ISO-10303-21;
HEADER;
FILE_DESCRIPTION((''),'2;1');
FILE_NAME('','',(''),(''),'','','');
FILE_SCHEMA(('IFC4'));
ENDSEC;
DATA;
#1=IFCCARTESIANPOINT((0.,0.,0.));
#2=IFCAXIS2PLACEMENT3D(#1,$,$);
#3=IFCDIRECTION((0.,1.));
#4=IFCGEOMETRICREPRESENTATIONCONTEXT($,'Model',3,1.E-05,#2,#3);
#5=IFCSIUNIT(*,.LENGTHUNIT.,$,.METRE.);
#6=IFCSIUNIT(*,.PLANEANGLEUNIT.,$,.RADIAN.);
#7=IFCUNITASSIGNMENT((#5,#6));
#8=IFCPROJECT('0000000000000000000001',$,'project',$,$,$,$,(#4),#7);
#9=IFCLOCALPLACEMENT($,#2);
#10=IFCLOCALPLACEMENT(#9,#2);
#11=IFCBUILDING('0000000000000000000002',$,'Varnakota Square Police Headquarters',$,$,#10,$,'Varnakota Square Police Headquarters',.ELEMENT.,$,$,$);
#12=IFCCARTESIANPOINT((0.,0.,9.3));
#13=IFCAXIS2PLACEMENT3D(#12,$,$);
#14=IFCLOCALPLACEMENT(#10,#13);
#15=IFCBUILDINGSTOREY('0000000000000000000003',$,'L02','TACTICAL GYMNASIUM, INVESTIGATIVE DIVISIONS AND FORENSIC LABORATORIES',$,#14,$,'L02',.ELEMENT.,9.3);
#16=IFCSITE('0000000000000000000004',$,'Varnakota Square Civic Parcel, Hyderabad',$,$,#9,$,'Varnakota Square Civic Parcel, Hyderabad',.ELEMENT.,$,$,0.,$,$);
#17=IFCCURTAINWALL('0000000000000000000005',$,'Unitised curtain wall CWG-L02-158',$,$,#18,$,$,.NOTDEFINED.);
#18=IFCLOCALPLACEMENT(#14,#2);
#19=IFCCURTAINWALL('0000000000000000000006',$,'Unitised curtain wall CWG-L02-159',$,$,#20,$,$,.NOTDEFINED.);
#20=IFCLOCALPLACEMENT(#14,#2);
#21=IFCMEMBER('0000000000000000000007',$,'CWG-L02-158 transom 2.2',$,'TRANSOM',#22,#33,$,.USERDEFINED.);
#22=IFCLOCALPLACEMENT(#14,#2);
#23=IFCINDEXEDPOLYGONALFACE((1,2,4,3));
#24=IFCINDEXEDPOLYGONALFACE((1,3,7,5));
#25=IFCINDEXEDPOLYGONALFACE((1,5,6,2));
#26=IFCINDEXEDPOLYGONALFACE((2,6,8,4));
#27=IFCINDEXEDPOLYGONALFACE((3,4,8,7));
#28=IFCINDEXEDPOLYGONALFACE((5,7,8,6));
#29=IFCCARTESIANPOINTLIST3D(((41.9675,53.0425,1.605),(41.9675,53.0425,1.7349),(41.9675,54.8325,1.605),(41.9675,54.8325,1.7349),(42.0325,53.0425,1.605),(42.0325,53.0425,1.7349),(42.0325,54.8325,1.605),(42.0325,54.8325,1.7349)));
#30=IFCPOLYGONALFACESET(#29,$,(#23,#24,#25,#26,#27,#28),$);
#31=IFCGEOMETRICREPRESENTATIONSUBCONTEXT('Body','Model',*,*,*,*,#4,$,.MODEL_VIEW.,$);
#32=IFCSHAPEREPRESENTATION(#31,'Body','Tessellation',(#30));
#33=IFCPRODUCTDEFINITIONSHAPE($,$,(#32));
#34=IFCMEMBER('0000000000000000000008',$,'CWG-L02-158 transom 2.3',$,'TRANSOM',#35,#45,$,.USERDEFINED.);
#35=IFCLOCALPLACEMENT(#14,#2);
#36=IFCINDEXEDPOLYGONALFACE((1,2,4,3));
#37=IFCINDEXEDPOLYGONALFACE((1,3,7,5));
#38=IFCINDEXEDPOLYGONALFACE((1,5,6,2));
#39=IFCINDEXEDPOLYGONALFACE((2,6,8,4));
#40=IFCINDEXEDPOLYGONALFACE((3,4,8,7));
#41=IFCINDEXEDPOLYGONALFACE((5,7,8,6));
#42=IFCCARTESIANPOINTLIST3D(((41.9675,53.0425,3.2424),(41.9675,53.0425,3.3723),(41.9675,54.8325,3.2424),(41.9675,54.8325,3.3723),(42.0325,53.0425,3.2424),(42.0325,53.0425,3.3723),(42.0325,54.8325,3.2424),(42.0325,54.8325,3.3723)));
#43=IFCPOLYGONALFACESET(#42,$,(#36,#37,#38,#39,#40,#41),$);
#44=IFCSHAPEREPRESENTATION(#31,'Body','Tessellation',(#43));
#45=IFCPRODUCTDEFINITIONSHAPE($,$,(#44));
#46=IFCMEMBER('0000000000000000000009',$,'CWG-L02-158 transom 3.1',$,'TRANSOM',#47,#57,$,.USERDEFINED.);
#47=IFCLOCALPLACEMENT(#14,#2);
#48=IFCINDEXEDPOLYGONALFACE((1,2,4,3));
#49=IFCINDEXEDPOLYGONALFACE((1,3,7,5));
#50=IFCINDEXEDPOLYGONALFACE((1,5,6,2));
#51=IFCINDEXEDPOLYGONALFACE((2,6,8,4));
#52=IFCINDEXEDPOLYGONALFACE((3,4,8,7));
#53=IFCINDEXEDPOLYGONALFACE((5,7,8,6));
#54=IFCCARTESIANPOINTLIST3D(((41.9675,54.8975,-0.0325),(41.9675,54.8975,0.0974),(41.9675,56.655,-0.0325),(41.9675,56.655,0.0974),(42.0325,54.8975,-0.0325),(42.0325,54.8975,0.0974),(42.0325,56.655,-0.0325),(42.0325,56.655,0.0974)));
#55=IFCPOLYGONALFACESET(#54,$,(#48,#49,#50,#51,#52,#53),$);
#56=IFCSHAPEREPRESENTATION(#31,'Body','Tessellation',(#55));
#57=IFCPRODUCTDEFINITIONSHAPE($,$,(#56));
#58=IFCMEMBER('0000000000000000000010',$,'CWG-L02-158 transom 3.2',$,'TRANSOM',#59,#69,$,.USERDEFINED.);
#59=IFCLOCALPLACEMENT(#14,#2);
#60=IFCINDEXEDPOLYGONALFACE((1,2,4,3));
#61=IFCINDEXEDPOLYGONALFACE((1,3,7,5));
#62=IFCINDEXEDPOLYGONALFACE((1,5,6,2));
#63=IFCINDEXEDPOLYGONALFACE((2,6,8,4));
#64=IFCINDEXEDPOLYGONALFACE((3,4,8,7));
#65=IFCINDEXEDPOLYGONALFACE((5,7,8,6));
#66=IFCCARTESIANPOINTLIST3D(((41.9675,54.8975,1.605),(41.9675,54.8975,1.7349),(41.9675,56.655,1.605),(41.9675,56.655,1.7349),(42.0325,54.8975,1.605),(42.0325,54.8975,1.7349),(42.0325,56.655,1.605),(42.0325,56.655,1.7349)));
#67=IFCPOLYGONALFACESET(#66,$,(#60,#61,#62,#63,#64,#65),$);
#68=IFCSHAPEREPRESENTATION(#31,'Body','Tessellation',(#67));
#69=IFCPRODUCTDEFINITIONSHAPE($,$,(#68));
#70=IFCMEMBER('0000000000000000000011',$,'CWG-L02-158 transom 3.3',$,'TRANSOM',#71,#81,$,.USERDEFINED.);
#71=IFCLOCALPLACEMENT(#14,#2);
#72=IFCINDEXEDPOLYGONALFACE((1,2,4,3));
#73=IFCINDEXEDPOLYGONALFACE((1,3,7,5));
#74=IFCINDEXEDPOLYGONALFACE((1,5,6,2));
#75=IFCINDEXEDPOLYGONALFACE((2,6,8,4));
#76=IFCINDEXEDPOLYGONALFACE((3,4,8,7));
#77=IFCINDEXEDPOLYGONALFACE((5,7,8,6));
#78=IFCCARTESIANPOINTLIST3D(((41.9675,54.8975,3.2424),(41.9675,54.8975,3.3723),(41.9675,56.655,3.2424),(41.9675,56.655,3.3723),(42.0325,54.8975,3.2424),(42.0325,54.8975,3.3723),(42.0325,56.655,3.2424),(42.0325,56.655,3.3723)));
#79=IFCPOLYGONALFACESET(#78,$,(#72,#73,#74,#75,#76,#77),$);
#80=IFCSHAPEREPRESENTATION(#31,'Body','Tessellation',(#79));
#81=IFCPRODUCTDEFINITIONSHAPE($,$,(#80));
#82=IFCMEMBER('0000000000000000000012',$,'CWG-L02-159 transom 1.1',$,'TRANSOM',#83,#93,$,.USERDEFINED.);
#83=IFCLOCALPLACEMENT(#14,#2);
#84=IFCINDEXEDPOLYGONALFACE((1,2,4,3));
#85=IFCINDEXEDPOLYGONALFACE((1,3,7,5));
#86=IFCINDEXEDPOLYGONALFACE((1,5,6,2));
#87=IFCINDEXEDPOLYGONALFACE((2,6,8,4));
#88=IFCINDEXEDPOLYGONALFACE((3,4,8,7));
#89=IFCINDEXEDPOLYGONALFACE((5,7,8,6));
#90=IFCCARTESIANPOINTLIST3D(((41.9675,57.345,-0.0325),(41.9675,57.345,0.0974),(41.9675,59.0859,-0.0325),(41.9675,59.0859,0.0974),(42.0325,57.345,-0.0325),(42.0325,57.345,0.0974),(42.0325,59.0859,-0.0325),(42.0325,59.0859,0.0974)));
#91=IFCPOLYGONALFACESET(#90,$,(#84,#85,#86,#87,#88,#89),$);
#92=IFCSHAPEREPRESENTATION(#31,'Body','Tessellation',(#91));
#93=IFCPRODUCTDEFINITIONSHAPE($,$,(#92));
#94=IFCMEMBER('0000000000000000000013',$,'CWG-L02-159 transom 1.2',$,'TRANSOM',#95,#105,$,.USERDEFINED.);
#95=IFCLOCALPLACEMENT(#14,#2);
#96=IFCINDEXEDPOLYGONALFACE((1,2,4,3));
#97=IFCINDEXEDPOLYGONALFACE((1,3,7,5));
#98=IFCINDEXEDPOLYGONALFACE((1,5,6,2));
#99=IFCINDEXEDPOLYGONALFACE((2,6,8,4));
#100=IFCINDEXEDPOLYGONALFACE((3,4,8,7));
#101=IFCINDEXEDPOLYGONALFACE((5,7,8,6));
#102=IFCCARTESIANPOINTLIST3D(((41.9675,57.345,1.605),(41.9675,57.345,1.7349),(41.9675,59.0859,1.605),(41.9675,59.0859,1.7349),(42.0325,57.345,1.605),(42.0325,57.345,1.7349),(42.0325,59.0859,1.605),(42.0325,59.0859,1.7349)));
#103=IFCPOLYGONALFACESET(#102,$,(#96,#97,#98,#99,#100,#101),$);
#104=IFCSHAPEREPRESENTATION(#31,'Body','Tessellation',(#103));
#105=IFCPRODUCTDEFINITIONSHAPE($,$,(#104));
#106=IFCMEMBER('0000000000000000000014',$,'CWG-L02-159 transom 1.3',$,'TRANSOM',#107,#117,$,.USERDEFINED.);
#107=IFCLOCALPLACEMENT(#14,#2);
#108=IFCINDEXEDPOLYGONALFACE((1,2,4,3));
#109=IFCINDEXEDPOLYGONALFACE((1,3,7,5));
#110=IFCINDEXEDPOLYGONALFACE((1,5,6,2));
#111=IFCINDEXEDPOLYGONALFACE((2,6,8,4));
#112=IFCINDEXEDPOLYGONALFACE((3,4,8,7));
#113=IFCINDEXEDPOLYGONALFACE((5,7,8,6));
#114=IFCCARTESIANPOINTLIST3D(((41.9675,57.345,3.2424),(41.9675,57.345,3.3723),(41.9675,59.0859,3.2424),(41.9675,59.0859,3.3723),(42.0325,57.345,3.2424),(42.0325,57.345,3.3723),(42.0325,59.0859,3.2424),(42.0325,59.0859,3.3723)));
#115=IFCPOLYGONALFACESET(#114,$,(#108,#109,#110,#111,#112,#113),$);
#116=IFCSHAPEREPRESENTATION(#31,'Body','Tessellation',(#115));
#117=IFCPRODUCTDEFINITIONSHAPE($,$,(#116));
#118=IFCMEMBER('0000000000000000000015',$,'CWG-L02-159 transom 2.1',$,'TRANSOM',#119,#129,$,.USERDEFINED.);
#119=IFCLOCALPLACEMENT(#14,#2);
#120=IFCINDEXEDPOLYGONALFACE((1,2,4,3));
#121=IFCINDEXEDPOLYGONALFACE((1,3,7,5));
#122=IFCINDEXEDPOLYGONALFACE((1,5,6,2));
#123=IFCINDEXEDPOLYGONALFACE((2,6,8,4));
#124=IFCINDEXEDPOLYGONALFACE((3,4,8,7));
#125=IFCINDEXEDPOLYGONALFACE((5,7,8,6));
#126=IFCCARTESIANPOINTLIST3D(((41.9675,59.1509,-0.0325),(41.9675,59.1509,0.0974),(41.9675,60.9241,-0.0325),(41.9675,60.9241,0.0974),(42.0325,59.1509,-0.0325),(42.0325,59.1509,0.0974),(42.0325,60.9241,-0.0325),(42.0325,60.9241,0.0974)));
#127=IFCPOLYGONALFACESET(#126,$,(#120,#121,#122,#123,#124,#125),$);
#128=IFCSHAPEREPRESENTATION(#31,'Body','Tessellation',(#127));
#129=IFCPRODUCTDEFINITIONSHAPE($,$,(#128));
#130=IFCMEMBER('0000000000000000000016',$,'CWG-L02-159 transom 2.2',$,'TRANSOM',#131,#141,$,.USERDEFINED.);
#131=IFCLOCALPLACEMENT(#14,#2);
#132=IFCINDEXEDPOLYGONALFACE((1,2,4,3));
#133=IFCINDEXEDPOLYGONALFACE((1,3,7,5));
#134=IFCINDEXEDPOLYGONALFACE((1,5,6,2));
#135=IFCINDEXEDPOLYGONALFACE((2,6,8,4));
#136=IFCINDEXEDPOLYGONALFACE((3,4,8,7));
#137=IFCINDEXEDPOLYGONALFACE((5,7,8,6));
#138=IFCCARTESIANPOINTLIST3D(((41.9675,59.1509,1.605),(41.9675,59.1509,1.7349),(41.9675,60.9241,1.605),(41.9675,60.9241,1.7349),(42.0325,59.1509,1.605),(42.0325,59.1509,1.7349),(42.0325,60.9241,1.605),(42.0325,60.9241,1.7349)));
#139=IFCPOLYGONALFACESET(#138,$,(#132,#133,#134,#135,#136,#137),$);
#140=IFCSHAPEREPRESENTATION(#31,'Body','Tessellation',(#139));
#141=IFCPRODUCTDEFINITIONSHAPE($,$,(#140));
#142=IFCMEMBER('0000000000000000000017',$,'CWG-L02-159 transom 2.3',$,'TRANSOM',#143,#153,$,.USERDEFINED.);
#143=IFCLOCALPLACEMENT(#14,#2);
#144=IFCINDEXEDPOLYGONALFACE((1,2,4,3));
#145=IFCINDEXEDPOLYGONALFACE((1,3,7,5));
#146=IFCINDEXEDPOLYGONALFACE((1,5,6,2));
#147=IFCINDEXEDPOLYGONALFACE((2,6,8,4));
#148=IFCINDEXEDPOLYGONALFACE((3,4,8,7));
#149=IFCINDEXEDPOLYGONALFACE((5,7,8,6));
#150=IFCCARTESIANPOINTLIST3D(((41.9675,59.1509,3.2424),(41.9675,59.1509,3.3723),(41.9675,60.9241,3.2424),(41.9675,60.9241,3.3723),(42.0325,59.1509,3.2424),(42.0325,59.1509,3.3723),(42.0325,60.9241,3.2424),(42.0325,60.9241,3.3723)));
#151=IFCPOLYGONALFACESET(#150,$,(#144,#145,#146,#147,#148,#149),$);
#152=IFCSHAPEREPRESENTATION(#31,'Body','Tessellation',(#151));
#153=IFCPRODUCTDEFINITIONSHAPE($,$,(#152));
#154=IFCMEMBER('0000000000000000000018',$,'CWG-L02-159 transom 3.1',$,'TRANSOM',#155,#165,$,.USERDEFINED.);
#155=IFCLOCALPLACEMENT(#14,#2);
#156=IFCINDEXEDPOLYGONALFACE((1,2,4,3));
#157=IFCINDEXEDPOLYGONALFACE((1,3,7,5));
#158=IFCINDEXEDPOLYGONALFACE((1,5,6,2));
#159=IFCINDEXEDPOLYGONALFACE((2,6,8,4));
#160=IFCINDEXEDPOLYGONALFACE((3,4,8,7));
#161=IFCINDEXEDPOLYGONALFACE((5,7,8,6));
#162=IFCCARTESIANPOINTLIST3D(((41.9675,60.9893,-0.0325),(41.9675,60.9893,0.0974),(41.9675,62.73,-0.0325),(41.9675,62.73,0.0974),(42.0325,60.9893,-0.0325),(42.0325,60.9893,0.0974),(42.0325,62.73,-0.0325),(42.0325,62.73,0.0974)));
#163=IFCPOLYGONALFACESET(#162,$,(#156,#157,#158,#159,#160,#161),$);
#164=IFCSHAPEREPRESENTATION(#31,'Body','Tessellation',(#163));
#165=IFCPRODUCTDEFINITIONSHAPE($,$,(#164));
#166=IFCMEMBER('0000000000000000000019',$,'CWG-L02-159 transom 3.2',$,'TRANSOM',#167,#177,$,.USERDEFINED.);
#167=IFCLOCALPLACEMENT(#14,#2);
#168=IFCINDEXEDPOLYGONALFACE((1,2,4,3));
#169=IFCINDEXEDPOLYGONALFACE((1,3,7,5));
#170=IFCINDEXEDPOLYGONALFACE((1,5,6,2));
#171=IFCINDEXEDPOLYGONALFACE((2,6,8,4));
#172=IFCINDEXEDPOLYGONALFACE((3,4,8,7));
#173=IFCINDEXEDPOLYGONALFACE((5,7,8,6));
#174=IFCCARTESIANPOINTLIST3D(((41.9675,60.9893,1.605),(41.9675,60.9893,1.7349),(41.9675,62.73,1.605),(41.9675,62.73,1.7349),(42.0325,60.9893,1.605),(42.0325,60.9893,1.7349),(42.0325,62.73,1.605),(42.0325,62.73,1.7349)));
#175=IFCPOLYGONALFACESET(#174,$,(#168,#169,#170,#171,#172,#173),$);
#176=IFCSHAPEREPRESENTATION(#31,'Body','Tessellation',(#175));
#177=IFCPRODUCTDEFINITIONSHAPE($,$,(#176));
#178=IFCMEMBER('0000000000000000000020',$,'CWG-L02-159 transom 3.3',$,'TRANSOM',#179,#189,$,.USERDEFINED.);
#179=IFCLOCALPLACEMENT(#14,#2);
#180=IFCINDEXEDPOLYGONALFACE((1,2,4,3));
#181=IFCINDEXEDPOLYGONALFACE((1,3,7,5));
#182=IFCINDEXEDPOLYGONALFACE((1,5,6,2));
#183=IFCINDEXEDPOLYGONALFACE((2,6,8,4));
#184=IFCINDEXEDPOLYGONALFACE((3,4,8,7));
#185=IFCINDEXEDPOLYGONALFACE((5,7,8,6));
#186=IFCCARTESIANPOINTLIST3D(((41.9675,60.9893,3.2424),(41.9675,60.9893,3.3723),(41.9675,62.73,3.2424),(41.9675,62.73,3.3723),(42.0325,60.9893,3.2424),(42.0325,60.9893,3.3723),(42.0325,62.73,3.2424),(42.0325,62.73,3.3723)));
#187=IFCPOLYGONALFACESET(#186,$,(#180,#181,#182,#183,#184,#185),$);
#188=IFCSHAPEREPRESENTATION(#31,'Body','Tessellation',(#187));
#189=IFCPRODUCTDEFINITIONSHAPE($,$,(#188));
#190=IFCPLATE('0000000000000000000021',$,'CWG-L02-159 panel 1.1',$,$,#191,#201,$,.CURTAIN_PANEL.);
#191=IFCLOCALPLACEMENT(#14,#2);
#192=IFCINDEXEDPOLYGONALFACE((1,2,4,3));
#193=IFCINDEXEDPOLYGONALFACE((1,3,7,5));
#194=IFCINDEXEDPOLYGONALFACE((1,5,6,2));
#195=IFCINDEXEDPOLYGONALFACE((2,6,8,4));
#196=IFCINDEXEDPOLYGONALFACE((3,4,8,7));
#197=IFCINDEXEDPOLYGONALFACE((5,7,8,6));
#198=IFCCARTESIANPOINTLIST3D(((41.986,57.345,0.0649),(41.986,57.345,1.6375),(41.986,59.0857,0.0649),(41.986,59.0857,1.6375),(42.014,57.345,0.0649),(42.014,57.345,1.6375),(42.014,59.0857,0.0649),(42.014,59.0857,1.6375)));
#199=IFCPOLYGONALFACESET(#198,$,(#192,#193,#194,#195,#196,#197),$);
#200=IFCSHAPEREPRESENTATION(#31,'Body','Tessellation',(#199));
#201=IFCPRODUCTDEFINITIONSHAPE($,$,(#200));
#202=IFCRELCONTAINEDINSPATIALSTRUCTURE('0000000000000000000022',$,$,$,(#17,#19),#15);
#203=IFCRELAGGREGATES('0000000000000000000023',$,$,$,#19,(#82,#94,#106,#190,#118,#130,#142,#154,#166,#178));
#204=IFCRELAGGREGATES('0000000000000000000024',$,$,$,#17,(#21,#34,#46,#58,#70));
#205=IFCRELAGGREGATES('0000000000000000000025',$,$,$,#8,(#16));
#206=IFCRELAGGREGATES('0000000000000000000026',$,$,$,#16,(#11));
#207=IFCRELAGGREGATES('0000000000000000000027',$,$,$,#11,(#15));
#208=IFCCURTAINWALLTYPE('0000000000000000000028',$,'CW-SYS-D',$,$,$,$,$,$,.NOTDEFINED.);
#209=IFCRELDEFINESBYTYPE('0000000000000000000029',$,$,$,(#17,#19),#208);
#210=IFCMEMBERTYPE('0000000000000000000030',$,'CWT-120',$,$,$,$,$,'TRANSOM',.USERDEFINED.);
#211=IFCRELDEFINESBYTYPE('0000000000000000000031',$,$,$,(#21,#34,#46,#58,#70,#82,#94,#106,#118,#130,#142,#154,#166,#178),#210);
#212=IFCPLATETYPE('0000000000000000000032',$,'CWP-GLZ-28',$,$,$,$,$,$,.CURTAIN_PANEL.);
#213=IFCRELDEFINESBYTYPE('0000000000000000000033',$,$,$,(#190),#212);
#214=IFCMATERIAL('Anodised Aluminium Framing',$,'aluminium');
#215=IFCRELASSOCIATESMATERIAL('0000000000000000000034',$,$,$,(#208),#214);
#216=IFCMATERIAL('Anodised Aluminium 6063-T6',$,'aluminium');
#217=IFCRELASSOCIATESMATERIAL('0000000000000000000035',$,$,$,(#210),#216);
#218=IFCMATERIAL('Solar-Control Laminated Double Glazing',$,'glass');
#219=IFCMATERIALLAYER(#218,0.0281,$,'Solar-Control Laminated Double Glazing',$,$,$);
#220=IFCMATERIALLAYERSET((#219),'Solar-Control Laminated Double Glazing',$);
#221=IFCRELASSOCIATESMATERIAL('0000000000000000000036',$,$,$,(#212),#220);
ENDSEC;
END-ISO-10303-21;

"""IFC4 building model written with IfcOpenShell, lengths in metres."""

from ifc_helpers import new_model, si_unit, direction, frame, origin, origin_2d, place, context, subcontext, project, spatial, rectangle, extrude, material, layer, layer_set, material_profile, profile_set, type_object, element, aggregate, save


model = new_model("IFC4")

# Units and contexts
model_context = context("Model", 3, precision=1e-05, world=origin(), true_north=direction((0.0, 1.0)))
body_context = subcontext(model_context, "Body", "Model", "MODEL_VIEW")
ifc_project = project(units=[si_unit("LENGTHUNIT", "METRE"), si_unit("PLANEANGLEUNIT", "RADIAN")], contexts=[model_context])

# Site, building, storey
site_placement = place(None, origin())
site = spatial("IfcSite", under=ifc_project, at=site_placement, Name="Varnakota Square Civic Parcel, Hyderabad", LongName="Varnakota Square Civic Parcel, Hyderabad", CompositionType="ELEMENT", RefElevation=0.0)
building_placement = place(site_placement, origin())
building = spatial("IfcBuilding", under=site, at=building_placement, Name="Varnakota Square Police Headquarters", LongName="Varnakota Square Police Headquarters", CompositionType="ELEMENT")
storey_placement = place(building_placement, frame((0.0, 0.0, 9.3)))
storey = spatial("IfcBuildingStorey", under=building, at=storey_placement, Name="L02", Description="TACTICAL GYMNASIUM, INVESTIGATIVE DIVISIONS AND FORENSIC LABORATORIES", LongName="L02", CompositionType="ELEMENT", Elevation=9.3)

# Curtain walls
ifc_material_1 = material(Name="Anodised Aluminium Framing", Category="aluminium")
curtain_wall_type = type_object("IfcCurtainWallType", Name="CW-SYS-D", PredefinedType="NOTDEFINED", material=ifc_material_1)
curtain_wall_1_placement = place(storey_placement, origin())
curtain_wall_1 = element("IfcCurtainWall", 1, at=curtain_wall_1_placement, inside=storey, type_object=curtain_wall_type, Name="Unitised curtain wall CWG-L02-158", PredefinedType="NOTDEFINED")
ifc_material_2 = material(Name="Anodised Aluminium 6063-T6", Category="aluminium")
curtain_wall_2_placement = place(storey_placement, origin())
curtain_wall_2 = element("IfcCurtainWall", 2, at=curtain_wall_2_placement, inside=storey, type_object=curtain_wall_type, Name="Unitised curtain wall CWG-L02-159", PredefinedType="NOTDEFINED")

# Members
ifc_material_profile_1 = material_profile(ifc_material_2, rectangle(XDim=0.0649, YDim=0.1299, at=origin_2d()), Name="ALU TRANSOM 65x130")
ifc_profile_set_1 = profile_set([ifc_material_profile_1], Name="Anodised Aluminium 6063-T6")
member_type_1 = type_object("IfcMemberType", Name="CWT-120", ElementType="TRANSOM", PredefinedType="USERDEFINED", material=ifc_profile_set_1)
member_1_placement = place(storey_placement, frame((42.0, 53.0425, 1.6699), z_axis=(0.0, 1.0, 0.0), x_axis=(-1.0, 0.0, 0.0)))
member_1 = element("IfcMember", 3, at=member_1_placement, type_object=member_type_1, Name="CWG-L02-158 transom 2.2", ObjectType="TRANSOM", PredefinedType="USERDEFINED", context=body_context, shape_type="SweptSolid", body=[
    extrude(rectangle(XDim=0.0649, YDim=0.1299, at=origin_2d()), origin(), (0.0, 0.0, 1.0), 1.79),
])
member_2_placement = place(storey_placement, frame((42.0, 53.0425, 3.3074), z_axis=(0.0, 1.0, 0.0), x_axis=(-1.0, 0.0, 0.0)))
member_2 = element("IfcMember", 4, at=member_2_placement, type_object=member_type_1, Name="CWG-L02-158 transom 2.3", ObjectType="TRANSOM", PredefinedType="USERDEFINED", context=body_context, shape_type="SweptSolid", body=[
    extrude(rectangle(XDim=0.0649, YDim=0.1299, at=origin_2d()), origin(), (0.0, 0.0, 1.0), 1.79),
])
member_3_placement = place(storey_placement, frame((42.0, 54.8975, 0.0325), z_axis=(0.0, 1.0, 0.0), x_axis=(-1.0, 0.0, 0.0)))
member_3 = element("IfcMember", 5, at=member_3_placement, type_object=member_type_1, Name="CWG-L02-158 transom 3.1", ObjectType="TRANSOM", PredefinedType="USERDEFINED", context=body_context, shape_type="SweptSolid", body=[
    extrude(rectangle(XDim=0.0649, YDim=0.1299, at=origin_2d()), origin(), (0.0, 0.0, 1.0), 1.7576),
])
member_4_placement = place(storey_placement, frame((42.0, 54.8975, 1.6699), z_axis=(0.0, 1.0, 0.0), x_axis=(-1.0, 0.0, 0.0)))
member_4 = element("IfcMember", 6, at=member_4_placement, type_object=member_type_1, Name="CWG-L02-158 transom 3.2", ObjectType="TRANSOM", PredefinedType="USERDEFINED", context=body_context, shape_type="SweptSolid", body=[
    extrude(rectangle(XDim=0.0649, YDim=0.1299, at=origin_2d()), origin(), (0.0, 0.0, 1.0), 1.7576),
])
member_5_placement = place(storey_placement, frame((42.0, 54.8975, 3.3074), z_axis=(0.0, 1.0, 0.0), x_axis=(-1.0, 0.0, 0.0)))
member_5 = element("IfcMember", 7, at=member_5_placement, type_object=member_type_1, Name="CWG-L02-158 transom 3.3", ObjectType="TRANSOM", PredefinedType="USERDEFINED", context=body_context, shape_type="SweptSolid", body=[
    extrude(rectangle(XDim=0.0649, YDim=0.1299, at=origin_2d()), origin(), (0.0, 0.0, 1.0), 1.7576),
])
member_6_placement = place(storey_placement, frame((42.0, 57.345, 0.0325), z_axis=(0.0, 1.0, 0.0), x_axis=(-1.0, 0.0, 0.0)))
member_6 = element("IfcMember", 8, at=member_6_placement, type_object=member_type_1, Name="CWG-L02-159 transom 1.1", ObjectType="TRANSOM", PredefinedType="USERDEFINED", context=body_context, shape_type="SweptSolid", body=[
    extrude(rectangle(XDim=0.0649, YDim=0.1299, at=origin_2d()), origin(), (0.0, 0.0, 1.0), 1.741),
])
member_7_placement = place(storey_placement, frame((42.0, 57.345, 1.6699), z_axis=(0.0, 1.0, 0.0), x_axis=(-1.0, 0.0, 0.0)))
member_7 = element("IfcMember", 9, at=member_7_placement, type_object=member_type_1, Name="CWG-L02-159 transom 1.2", ObjectType="TRANSOM", PredefinedType="USERDEFINED", context=body_context, shape_type="SweptSolid", body=[
    extrude(rectangle(XDim=0.0649, YDim=0.1299, at=origin_2d()), origin(), (0.0, 0.0, 1.0), 1.741),
])
member_8_placement = place(storey_placement, frame((42.0, 57.345, 3.3074), z_axis=(0.0, 1.0, 0.0), x_axis=(-1.0, 0.0, 0.0)))
member_8 = element("IfcMember", 10, at=member_8_placement, type_object=member_type_1, Name="CWG-L02-159 transom 1.3", ObjectType="TRANSOM", PredefinedType="USERDEFINED", context=body_context, shape_type="SweptSolid", body=[
    extrude(rectangle(XDim=0.0649, YDim=0.1299, at=origin_2d()), origin(), (0.0, 0.0, 1.0), 1.741),
])
member_9_placement = place(storey_placement, frame((42.0, 59.1509, 0.0325), z_axis=(0.0, 1.0, 0.0), x_axis=(-1.0, 0.0, 0.0)))
member_9 = element("IfcMember", 11, at=member_9_placement, type_object=member_type_1, Name="CWG-L02-159 transom 2.1", ObjectType="TRANSOM", PredefinedType="USERDEFINED", context=body_context, shape_type="SweptSolid", body=[
    extrude(rectangle(XDim=0.0649, YDim=0.1299, at=origin_2d()), origin(), (0.0, 0.0, 1.0), 1.7732),
])
member_10_placement = place(storey_placement, frame((42.0, 59.1509, 1.6699), z_axis=(0.0, 1.0, 0.0), x_axis=(-1.0, 0.0, 0.0)))
member_10 = element("IfcMember", 12, at=member_10_placement, type_object=member_type_1, Name="CWG-L02-159 transom 2.2", ObjectType="TRANSOM", PredefinedType="USERDEFINED", context=body_context, shape_type="SweptSolid", body=[
    extrude(rectangle(XDim=0.0649, YDim=0.1299, at=origin_2d()), origin(), (0.0, 0.0, 1.0), 1.7732),
])
member_11_placement = place(storey_placement, frame((42.0, 59.1509, 3.3074), z_axis=(0.0, 1.0, 0.0), x_axis=(-1.0, 0.0, 0.0)))
member_11 = element("IfcMember", 13, at=member_11_placement, type_object=member_type_1, Name="CWG-L02-159 transom 2.3", ObjectType="TRANSOM", PredefinedType="USERDEFINED", context=body_context, shape_type="SweptSolid", body=[
    extrude(rectangle(XDim=0.0649, YDim=0.1299, at=origin_2d()), origin(), (0.0, 0.0, 1.0), 1.7732),
])
member_12_placement = place(storey_placement, frame((42.0, 60.9893, 0.0325), z_axis=(0.0, 1.0, 0.0), x_axis=(-1.0, 0.0, 0.0)))
member_12 = element("IfcMember", 14, at=member_12_placement, type_object=member_type_1, Name="CWG-L02-159 transom 3.1", ObjectType="TRANSOM", PredefinedType="USERDEFINED", context=body_context, shape_type="SweptSolid", body=[
    extrude(rectangle(XDim=0.0649, YDim=0.1299, at=origin_2d()), origin(), (0.0, 0.0, 1.0), 1.7407),
])
member_13_placement = place(storey_placement, frame((42.0, 60.9893, 1.6699), z_axis=(0.0, 1.0, 0.0), x_axis=(-1.0, 0.0, 0.0)))
member_13 = element("IfcMember", 15, at=member_13_placement, type_object=member_type_1, Name="CWG-L02-159 transom 3.2", ObjectType="TRANSOM", PredefinedType="USERDEFINED", context=body_context, shape_type="SweptSolid", body=[
    extrude(rectangle(XDim=0.0649, YDim=0.1299, at=origin_2d()), origin(), (0.0, 0.0, 1.0), 1.7407),
])
member_14_placement = place(storey_placement, frame((42.0, 60.9893, 3.3074), z_axis=(0.0, 1.0, 0.0), x_axis=(-1.0, 0.0, 0.0)))
member_14 = element("IfcMember", 16, at=member_14_placement, type_object=member_type_1, Name="CWG-L02-159 transom 3.3", ObjectType="TRANSOM", PredefinedType="USERDEFINED", context=body_context, shape_type="SweptSolid", body=[
    extrude(rectangle(XDim=0.0649, YDim=0.1299, at=origin_2d()), origin(), (0.0, 0.0, 1.0), 1.7407),
])

# Plate
ifc_material_3 = material(Name="Solar-Control Laminated Double Glazing", Category="glass")
ifc_layer_1 = layer(ifc_material_3, 0.0281, Name="Solar-Control Laminated Double Glazing")
ifc_layer_set_1 = layer_set([ifc_layer_1], Name="Solar-Control Laminated Double Glazing")
plate_type_1 = type_object("IfcPlateType", Name="CWP-GLZ-28", PredefinedType="CURTAIN_PANEL", material=ifc_layer_set_1)
plate_1_placement = place(storey_placement, frame((42.0, 58.2153, 0.0649), z_axis=(0.0, 0.0, 1.0), x_axis=(0.0, 1.0, 0.0)))
plate_1 = element("IfcPlate", 17, at=plate_1_placement, type_object=plate_type_1, Name="CWG-L02-159 panel 1.1", PredefinedType="CURTAIN_PANEL", context=body_context, shape_type="SweptSolid", body=[
    extrude(rectangle(XDim=1.7407, YDim=0.0281, at=origin_2d()), origin(), (0.0, 0.0, 1.0), 1.5725),
])
aggregate(curtain_wall_2, [member_6, member_7, member_8, plate_1, member_9, member_10, member_11, member_12, member_13, member_14])
aggregate(curtain_wall_1, [member_1, member_2, member_3, member_4, member_5])

save(model, "model.ifc")
